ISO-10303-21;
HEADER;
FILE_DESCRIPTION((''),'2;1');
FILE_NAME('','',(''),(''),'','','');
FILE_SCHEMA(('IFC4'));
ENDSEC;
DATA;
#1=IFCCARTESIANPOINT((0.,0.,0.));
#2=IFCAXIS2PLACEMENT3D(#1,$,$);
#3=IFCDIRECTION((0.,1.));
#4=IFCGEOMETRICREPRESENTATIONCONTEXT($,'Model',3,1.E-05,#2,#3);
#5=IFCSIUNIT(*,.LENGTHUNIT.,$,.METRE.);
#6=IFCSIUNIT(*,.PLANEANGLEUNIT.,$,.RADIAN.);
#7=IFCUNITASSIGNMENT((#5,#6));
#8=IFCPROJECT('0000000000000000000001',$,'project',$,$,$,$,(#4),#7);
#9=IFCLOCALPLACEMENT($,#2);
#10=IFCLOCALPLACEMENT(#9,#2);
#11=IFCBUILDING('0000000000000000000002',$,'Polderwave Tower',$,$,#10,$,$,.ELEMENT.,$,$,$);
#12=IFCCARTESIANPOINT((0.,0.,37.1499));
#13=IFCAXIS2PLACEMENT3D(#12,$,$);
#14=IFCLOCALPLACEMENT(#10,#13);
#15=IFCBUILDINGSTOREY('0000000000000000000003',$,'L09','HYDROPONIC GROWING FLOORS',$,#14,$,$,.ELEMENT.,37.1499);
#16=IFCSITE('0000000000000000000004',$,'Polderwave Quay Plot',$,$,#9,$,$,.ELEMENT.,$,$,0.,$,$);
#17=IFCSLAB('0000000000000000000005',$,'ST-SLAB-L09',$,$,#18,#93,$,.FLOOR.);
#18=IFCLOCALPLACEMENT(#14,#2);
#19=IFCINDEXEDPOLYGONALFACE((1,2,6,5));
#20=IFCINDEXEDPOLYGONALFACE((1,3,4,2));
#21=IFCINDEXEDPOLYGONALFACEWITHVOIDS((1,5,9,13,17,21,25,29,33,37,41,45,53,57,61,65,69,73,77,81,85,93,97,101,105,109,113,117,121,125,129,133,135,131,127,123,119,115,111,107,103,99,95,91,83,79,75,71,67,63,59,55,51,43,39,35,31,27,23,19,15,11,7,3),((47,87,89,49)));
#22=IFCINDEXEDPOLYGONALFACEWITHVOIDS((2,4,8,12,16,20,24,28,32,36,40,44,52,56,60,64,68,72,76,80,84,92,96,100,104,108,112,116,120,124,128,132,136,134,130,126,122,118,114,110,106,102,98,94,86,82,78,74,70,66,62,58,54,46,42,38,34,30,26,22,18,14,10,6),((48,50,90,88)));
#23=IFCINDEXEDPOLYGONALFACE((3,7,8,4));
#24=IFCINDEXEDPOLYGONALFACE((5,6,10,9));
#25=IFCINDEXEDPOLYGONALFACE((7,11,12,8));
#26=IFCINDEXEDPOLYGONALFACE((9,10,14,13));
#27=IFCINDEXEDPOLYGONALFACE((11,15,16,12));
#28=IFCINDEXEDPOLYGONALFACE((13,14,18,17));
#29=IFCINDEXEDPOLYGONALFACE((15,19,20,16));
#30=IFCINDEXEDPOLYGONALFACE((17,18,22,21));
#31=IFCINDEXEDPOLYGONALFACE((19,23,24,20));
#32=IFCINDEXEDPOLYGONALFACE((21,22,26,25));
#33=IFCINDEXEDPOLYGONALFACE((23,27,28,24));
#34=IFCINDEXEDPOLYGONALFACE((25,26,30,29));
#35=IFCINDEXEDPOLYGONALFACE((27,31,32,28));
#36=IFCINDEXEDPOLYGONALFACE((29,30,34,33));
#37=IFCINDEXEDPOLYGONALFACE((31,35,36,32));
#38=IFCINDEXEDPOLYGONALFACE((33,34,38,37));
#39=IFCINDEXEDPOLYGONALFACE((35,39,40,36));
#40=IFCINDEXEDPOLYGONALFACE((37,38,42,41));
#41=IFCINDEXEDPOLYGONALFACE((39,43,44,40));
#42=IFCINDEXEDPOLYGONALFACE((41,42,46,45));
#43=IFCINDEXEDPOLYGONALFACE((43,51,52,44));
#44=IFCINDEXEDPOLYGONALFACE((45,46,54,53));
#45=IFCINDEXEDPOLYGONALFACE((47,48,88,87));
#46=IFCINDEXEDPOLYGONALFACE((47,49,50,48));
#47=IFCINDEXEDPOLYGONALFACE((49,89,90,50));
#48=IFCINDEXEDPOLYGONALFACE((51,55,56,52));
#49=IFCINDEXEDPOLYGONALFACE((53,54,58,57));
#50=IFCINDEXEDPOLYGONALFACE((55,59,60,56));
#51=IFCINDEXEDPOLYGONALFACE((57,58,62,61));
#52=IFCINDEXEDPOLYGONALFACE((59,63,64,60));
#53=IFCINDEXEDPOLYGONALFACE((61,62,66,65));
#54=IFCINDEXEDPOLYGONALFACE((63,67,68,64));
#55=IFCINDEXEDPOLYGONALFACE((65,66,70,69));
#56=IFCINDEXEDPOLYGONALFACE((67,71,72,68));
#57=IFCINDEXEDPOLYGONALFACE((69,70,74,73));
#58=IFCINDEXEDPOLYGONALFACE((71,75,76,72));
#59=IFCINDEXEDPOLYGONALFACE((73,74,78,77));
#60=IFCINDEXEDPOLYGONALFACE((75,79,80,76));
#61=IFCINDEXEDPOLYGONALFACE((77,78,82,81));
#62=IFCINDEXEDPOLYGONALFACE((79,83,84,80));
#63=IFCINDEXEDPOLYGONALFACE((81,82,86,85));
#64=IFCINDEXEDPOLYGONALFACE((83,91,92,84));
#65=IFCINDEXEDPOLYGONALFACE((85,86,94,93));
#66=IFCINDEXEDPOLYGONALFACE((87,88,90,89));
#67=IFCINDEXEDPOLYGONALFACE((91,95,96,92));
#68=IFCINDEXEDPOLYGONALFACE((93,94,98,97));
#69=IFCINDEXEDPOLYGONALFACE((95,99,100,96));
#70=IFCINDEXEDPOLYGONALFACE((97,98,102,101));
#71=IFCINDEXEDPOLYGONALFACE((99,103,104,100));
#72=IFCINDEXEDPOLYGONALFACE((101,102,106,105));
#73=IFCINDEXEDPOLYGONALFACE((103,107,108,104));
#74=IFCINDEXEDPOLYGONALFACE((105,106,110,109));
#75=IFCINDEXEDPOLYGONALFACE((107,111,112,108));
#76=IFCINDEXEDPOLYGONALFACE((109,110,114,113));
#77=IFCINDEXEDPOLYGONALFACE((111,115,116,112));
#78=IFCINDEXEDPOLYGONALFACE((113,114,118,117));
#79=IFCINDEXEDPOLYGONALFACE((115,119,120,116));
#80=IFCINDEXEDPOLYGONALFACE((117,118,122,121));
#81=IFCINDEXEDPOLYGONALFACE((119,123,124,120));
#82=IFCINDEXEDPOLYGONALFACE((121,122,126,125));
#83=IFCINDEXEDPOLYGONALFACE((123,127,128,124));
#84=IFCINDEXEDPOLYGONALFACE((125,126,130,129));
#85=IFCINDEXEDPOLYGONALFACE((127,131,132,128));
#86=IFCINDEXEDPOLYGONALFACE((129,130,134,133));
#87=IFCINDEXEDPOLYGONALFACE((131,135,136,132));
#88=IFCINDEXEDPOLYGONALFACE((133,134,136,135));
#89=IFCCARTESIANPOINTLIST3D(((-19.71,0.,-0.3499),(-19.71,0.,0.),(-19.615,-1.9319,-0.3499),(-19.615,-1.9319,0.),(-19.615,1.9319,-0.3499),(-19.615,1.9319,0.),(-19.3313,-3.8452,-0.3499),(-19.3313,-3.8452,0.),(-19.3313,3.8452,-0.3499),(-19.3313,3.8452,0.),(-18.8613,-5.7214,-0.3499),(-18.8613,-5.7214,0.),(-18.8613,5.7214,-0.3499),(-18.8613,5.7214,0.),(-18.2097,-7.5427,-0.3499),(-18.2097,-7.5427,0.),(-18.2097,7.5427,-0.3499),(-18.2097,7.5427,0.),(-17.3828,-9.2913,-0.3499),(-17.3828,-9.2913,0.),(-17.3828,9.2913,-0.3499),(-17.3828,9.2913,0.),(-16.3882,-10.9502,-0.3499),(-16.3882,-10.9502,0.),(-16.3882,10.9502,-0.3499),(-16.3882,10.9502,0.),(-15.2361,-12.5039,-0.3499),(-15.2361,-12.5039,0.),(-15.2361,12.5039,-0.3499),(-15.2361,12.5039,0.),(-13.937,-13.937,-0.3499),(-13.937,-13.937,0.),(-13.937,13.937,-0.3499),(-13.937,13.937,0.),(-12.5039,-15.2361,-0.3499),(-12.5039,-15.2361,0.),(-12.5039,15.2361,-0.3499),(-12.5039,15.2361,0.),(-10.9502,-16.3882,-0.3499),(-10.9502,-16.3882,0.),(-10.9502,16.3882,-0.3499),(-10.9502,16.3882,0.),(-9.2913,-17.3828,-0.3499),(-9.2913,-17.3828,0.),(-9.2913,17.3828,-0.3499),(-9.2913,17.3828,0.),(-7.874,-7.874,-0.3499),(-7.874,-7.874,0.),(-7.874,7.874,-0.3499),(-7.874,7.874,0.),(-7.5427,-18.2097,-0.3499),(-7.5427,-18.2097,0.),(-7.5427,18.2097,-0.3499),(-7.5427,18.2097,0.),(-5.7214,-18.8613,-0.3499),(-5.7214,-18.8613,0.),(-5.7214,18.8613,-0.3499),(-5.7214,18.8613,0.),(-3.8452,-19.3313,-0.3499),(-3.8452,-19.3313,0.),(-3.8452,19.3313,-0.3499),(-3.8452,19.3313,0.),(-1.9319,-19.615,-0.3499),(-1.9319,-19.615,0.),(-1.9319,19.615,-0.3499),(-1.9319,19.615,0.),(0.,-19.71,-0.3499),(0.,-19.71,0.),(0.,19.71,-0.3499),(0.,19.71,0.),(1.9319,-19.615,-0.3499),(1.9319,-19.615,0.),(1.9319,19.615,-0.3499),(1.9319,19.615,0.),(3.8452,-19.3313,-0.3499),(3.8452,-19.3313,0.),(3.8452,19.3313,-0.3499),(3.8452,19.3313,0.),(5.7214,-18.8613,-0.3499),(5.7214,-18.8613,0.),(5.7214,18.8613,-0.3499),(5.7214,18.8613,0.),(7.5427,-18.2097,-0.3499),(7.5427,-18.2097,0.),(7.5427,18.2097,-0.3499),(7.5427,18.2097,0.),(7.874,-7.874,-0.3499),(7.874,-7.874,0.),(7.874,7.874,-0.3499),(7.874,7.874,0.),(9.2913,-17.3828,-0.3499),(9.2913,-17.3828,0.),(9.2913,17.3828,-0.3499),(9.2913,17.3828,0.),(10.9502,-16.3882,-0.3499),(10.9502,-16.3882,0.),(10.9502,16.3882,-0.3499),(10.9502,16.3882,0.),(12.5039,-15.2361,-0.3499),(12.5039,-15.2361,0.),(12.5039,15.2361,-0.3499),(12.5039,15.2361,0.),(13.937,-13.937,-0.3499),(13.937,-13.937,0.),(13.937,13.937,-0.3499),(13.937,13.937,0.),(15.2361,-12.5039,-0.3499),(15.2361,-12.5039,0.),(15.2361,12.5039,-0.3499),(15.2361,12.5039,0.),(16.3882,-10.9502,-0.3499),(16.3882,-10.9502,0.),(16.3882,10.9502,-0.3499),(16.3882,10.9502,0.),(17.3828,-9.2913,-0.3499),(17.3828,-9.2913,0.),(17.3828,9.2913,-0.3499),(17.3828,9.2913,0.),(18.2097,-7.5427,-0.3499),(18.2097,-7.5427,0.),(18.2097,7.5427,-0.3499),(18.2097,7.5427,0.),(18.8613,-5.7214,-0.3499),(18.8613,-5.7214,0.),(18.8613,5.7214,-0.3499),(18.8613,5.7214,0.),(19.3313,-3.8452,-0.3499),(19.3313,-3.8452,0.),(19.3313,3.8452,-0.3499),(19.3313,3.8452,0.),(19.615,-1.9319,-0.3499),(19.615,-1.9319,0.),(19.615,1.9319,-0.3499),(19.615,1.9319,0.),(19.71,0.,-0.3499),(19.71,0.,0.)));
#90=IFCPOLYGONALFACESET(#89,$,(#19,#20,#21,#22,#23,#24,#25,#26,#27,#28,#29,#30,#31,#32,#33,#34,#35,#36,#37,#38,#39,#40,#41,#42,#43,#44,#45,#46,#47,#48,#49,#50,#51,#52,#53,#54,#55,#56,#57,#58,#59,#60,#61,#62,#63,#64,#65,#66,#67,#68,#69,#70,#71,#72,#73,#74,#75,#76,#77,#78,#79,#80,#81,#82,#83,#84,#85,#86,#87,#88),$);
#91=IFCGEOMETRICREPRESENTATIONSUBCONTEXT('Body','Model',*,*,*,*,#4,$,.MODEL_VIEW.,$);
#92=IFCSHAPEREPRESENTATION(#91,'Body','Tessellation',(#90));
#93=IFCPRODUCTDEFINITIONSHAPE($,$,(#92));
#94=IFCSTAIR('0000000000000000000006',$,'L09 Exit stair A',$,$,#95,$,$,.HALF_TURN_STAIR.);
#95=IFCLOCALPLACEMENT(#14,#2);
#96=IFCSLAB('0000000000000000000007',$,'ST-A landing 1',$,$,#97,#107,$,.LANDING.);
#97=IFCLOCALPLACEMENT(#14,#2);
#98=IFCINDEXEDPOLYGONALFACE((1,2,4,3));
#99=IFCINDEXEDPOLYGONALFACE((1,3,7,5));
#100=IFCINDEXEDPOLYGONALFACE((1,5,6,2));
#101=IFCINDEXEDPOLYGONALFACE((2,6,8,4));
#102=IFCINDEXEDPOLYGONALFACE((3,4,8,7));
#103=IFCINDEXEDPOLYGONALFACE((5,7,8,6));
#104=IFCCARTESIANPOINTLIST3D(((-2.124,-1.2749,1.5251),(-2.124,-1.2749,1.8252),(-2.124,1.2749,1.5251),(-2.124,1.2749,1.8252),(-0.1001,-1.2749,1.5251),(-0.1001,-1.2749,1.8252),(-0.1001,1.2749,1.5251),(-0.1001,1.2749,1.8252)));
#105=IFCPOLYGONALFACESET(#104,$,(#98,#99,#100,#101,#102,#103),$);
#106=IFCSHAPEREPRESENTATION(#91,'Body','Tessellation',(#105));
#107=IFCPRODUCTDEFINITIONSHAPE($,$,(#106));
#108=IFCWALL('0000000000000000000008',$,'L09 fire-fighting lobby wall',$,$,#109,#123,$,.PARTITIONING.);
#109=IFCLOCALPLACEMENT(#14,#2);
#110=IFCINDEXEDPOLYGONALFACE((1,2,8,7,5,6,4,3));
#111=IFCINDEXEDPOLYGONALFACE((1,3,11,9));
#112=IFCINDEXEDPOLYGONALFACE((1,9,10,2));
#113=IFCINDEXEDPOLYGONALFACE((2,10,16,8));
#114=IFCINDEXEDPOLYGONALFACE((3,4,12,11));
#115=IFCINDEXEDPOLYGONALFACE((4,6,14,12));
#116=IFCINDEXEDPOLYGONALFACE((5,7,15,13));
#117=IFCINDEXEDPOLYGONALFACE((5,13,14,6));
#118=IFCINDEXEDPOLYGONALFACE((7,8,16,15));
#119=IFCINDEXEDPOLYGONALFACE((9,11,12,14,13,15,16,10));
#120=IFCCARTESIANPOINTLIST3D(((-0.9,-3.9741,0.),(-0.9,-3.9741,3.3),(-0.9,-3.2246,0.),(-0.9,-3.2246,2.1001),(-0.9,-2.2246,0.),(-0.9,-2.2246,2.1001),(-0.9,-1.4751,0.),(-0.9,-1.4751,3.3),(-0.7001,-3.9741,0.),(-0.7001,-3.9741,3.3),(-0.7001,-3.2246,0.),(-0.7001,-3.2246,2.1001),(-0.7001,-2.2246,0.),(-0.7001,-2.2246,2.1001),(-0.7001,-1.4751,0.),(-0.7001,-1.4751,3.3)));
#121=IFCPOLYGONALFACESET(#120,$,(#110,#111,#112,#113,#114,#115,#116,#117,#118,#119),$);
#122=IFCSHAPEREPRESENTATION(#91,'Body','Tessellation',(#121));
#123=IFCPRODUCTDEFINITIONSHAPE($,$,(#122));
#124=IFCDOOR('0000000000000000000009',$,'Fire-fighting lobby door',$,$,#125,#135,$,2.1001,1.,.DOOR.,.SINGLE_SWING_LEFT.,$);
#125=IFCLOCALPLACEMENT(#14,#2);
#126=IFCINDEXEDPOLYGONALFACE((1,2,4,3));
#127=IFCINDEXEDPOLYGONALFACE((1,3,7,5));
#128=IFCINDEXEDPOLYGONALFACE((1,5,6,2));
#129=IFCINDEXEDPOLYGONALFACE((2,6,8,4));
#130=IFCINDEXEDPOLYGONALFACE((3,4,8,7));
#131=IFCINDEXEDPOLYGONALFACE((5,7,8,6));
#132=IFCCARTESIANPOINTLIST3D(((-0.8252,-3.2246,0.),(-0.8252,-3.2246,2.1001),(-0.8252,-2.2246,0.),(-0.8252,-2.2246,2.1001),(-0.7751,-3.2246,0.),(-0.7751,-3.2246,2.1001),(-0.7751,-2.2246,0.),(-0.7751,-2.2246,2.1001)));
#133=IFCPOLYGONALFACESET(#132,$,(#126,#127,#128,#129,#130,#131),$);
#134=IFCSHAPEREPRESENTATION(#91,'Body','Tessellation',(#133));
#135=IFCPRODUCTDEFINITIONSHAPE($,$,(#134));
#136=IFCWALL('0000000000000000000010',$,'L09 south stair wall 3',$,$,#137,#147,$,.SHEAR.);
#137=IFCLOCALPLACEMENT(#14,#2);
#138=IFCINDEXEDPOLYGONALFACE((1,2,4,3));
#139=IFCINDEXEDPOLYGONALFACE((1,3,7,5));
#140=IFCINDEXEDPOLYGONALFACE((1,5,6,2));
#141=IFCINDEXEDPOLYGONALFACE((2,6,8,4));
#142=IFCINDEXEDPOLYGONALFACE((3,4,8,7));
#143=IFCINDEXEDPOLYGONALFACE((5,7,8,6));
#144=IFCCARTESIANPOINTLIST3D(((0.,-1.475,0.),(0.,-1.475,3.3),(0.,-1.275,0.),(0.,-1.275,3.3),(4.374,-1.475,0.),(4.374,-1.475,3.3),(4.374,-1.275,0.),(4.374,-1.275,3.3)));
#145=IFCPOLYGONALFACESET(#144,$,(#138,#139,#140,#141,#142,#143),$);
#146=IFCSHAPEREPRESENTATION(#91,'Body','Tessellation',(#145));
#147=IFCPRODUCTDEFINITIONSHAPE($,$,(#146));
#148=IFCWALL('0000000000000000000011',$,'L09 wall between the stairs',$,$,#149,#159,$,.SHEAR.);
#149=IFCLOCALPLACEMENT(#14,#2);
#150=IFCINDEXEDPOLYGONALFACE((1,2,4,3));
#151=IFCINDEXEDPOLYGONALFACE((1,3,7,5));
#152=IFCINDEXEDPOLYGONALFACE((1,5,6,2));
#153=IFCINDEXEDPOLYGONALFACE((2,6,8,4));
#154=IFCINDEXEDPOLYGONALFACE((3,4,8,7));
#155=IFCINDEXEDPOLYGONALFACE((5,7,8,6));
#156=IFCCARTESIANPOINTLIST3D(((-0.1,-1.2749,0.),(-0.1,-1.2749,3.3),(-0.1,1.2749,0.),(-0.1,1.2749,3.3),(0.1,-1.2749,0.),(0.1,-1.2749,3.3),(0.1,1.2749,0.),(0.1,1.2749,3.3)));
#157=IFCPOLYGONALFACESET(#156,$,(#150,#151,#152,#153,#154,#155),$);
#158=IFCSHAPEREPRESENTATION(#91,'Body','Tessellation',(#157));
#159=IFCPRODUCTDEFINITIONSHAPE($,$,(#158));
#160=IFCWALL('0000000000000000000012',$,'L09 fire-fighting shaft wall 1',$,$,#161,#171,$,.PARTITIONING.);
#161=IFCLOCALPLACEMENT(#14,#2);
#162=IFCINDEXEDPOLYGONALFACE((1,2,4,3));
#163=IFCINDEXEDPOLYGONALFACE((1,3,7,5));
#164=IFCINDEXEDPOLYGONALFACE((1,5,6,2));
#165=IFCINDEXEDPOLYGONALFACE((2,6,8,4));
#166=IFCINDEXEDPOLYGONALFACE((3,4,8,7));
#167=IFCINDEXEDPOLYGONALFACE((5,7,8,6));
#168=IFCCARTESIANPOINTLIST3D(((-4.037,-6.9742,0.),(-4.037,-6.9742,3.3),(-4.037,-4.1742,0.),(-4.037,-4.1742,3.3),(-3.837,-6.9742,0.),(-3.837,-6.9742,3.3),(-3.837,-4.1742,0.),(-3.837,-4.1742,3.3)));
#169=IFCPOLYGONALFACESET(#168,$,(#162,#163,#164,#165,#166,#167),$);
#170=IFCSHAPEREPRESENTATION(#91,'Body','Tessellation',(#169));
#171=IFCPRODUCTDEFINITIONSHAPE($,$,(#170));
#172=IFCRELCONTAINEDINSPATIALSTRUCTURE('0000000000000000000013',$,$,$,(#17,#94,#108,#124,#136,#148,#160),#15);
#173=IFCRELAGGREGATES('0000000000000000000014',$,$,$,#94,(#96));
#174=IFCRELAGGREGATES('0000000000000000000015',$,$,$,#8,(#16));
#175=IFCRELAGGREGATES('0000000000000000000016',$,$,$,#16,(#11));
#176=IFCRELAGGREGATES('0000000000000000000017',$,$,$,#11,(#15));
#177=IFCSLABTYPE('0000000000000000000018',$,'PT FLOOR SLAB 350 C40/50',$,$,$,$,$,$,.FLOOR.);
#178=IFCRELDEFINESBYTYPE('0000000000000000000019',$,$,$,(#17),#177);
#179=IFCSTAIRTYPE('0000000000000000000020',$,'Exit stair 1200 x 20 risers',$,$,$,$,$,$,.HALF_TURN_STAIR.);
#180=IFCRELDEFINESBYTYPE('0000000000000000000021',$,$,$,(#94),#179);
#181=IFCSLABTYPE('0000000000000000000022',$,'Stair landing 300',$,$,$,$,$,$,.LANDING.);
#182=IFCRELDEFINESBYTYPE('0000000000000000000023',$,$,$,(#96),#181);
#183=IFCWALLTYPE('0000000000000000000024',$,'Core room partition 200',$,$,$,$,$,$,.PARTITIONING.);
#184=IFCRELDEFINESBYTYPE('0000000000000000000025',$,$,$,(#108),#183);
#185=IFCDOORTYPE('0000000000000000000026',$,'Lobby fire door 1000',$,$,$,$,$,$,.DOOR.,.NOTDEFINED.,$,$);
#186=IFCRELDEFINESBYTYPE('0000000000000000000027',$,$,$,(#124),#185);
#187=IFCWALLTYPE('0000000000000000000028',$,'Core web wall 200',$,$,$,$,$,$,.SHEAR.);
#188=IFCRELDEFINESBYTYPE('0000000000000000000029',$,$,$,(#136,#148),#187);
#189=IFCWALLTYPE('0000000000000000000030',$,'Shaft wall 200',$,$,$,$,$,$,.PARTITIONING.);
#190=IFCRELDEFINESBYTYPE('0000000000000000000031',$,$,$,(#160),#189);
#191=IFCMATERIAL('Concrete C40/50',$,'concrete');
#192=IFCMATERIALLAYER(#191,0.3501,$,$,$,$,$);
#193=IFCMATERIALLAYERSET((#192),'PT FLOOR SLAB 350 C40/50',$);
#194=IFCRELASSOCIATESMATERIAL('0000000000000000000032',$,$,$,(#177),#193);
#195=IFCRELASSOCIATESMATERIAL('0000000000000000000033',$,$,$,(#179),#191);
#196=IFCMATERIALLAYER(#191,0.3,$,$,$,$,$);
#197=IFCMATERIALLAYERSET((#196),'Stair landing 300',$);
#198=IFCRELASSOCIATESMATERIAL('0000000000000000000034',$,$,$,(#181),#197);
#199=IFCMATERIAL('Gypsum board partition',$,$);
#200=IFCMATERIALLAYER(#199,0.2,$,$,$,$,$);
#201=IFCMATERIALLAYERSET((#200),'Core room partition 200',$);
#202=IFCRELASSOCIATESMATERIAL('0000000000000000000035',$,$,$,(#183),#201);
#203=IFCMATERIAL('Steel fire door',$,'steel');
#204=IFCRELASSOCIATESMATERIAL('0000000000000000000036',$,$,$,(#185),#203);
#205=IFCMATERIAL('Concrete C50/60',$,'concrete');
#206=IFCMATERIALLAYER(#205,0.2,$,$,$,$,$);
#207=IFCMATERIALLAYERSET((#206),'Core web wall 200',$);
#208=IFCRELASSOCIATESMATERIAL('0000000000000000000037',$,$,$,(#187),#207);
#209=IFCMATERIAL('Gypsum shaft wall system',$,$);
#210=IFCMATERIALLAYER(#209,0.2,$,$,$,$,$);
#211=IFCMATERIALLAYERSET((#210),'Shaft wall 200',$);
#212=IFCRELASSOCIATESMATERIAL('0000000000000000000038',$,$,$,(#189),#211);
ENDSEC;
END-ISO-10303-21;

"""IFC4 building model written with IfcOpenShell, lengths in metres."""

from ifc_helpers import new_model, si_unit, direction, frame, frame_2d, origin, place, context, subcontext, project, spatial, polyline, rectangle, outline, extrude, material, layer, layer_set, type_object, element, fill, aggregate, save


model = new_model("IFC4")

# Units and contexts
model_context = context("Model", 3, precision=1e-05, world=origin(), true_north=direction((0.0, 1.0)))
body_context = subcontext(model_context, "Body", "Model", "MODEL_VIEW")
ifc_project = project(units=[si_unit("LENGTHUNIT", "METRE"), si_unit("PLANEANGLEUNIT", "RADIAN")], contexts=[model_context])

# Site, building, storey
site_placement = place(None, origin())
site = spatial("IfcSite", under=ifc_project, at=site_placement, Name="Polderwave Quay Plot", CompositionType="ELEMENT", RefElevation=0.0)
building_placement = place(site_placement, origin())
building = spatial("IfcBuilding", under=site, at=building_placement, Name="Polderwave Tower", CompositionType="ELEMENT")
storey_placement = place(building_placement, frame((0.0, 0.0, 37.1499)))
storey = spatial("IfcBuildingStorey", under=building, at=storey_placement, Name="L09", Description="HYDROPONIC GROWING FLOORS", CompositionType="ELEMENT", Elevation=37.1499)

# Slab
ifc_material_1 = material(Name="Concrete C40/50", Category="concrete")
ifc_layer_1 = layer(ifc_material_1, 0.3501)
ifc_layer_set_1 = layer_set([ifc_layer_1], Name="PT FLOOR SLAB 350 C40/50")
slab_type_1 = type_object("IfcSlabType", Name="PT FLOOR SLAB 350 C40/50", PredefinedType="FLOOR", material=ifc_layer_set_1)
slab_1_placement = place(storey_placement, frame((0.0, 0.0, -0.3499)))
element("IfcSlab", 1, at=slab_1_placement, inside=storey, type_object=slab_type_1, Name="ST-SLAB-L09", PredefinedType="FLOOR", context=body_context, shape_type="SweptSolid", body=[
    extrude(outline(polyline([(19.71, 0.0), (19.615, 1.9319), (19.3313, 3.8452), (18.8613, 5.7214), (18.2097, 7.5427), (17.3828, 9.2913), (16.3882, 10.9502), (15.2361, 12.5039), (13.937, 13.937), (12.5039, 15.2361), (10.9502, 16.3882), (9.2913, 17.3828), (7.5427, 18.2097), (5.7214, 18.8613), (3.8452, 19.3313), (1.9319, 19.615), (0.0, 19.71), (-1.9319, 19.615), (-3.8452, 19.3313), (-5.7214, 18.8613), (-7.5427, 18.2097), (-9.2913, 17.3828), (-10.9502, 16.3882), (-12.5039, 15.2361), (-13.937, 13.937), (-15.2361, 12.5039), (-16.3882, 10.9502), (-17.3828, 9.2913), (-18.2097, 7.5427), (-18.8613, 5.7214), (-19.3313, 3.8452), (-19.615, 1.9319), (-19.71, 0.0), (-19.615, -1.9319), (-19.3313, -3.8452), (-18.8613, -5.7214), (-18.2097, -7.5427), (-17.3828, -9.2913), (-16.3882, -10.9502), (-15.2361, -12.5039), (-13.937, -13.937), (-12.5039, -15.2361), (-10.9502, -16.3882), (-9.2913, -17.3828), (-7.5427, -18.2097), (-5.7214, -18.8613), (-3.8452, -19.3313), (-1.9319, -19.615), (0.0, -19.71), (1.9319, -19.615), (3.8452, -19.3313), (5.7214, -18.8613), (7.5427, -18.2097), (9.2913, -17.3828), (10.9502, -16.3882), (12.5039, -15.2361), (13.937, -13.937), (15.2361, -12.5039), (16.3882, -10.9502), (17.3828, -9.2913), (18.2097, -7.5427), (18.8613, -5.7214), (19.3313, -3.8452), (19.615, -1.9319), (19.71, 0.0)]), holes=[polyline([(-7.874, -7.874), (7.874, -7.874), (7.874, 7.874), (-7.874, 7.874), (-7.874, -7.874)])]), origin(), (0.0, 0.0, 1.0), 0.3499),
])

# Stair, slab
stair_type = type_object("IfcStairType", Name="Exit stair 1200 x 20 risers", PredefinedType="HALF_TURN_STAIR", material=ifc_material_1)
stair_placement = place(storey_placement, origin())
stair = element("IfcStair", 2, at=stair_placement, inside=storey, type_object=stair_type, Name="L09 Exit stair A", PredefinedType="HALF_TURN_STAIR")
ifc_layer_2 = layer(ifc_material_1, 0.3)
ifc_layer_set_2 = layer_set([ifc_layer_2], Name="Stair landing 300")
slab_type_2 = type_object("IfcSlabType", Name="Stair landing 300", PredefinedType="LANDING", material=ifc_layer_set_2)
slab_2_placement = place(storey_placement, frame((0.0, 0.0, 1.5251)))
slab_2 = element("IfcSlab", 3, at=slab_2_placement, type_object=slab_type_2, Name="ST-A landing 1", PredefinedType="LANDING", context=body_context, shape_type="SweptSolid", body=[
    extrude(outline(polyline([(-2.124, -1.2749), (-0.1001, -1.2749), (-0.1001, 1.2749), (-2.124, 1.2749), (-2.124, -1.2749)])), origin(), (0.0, 0.0, 1.0), 0.3),
])

# Wall, opening, door
ifc_material_2 = material(Name="Gypsum board partition")
ifc_layer_3 = layer(ifc_material_2, 0.2)
ifc_layer_set_3 = layer_set([ifc_layer_3], Name="Core room partition 200")
wall_type_1 = type_object("IfcWallType", Name="Core room partition 200", PredefinedType="PARTITIONING", material=ifc_layer_set_3)
wall_1_placement = place(storey_placement, frame((-0.8, -3.9741, 0.0), z_axis=(0.0, 0.0, 1.0), x_axis=(0.0, 1.0, 0.0)))
wall_1 = element("IfcWall", 4, at=wall_1_placement, inside=storey, type_object=wall_type_1, Name="L09 fire-fighting lobby wall", PredefinedType="PARTITIONING", context=body_context, shape_type="SweptSolid", body=[
    extrude(rectangle(XDim=2.499, YDim=0.2, at=frame_2d((1.2495, 0.0))), origin(), (0.0, 0.0, 1.0), 3.3),
])
opening_placement = place(wall_1_placement, frame((0.7495, 0.0, 0.0)))
opening = element("IfcOpeningElement", 5, at=opening_placement, cuts=wall_1, PredefinedType="OPENING", context=body_context, shape_type="SweptSolid", body=[
    extrude(rectangle(XDim=1.0, YDim=2.1001, at=frame_2d((0.5, 1.05))), frame((0.0, 0.1099, 0.0), z_axis=(0.0, -1.0, 0.0), x_axis=(1.0, 0.0, 0.0)), (0.0, 0.0, 1.0), 0.22),
])
ifc_material_3 = material(Name="Steel fire door", Category="steel")
door_type = type_object("IfcDoorType", Name="Lobby fire door 1000", OperationType="NOTDEFINED", PredefinedType="DOOR", material=ifc_material_3)
door_placement = place(opening_placement, frame((1.0, 0.0, 0.0), z_axis=(0.0, 0.0, 1.0), x_axis=(-1.0, 0.0, 0.0)))
door = element("IfcDoor", 6, at=door_placement, inside=storey, type_object=door_type, Name="Fire-fighting lobby door", OperationType="SINGLE_SWING_LEFT", OverallHeight=2.1001, OverallWidth=1.0, PredefinedType="DOOR", context=body_context, shape_type="SweptSolid", body=[
    extrude(rectangle(XDim=1.0, YDim=2.1001, at=frame_2d((0.5, 1.05))), frame((0.0, 0.0249, 0.0), z_axis=(0.0, -1.0, 0.0), x_axis=(1.0, 0.0, 0.0)), (0.0, 0.0, 1.0), 0.05),
])
fill(opening, door)

# Walls
ifc_material_4 = material(Name="Concrete C50/60", Category="concrete")
ifc_layer_4 = layer(ifc_material_4, 0.2)
ifc_layer_set_4 = layer_set([ifc_layer_4], Name="Core web wall 200")
wall_type_2 = type_object("IfcWallType", Name="Core web wall 200", PredefinedType="SHEAR", material=ifc_layer_set_4)
wall_2_placement = place(storey_placement, frame((0.0, -1.375, 0.0), z_axis=(0.0, 0.0, 1.0), x_axis=(1.0, 0.0, 0.0)))
element("IfcWall", 7, at=wall_2_placement, inside=storey, type_object=wall_type_2, Name="L09 south stair wall 3", PredefinedType="SHEAR", context=body_context, shape_type="SweptSolid", body=[
    extrude(rectangle(XDim=4.374, YDim=0.2, at=frame_2d((2.187, 0.0))), origin(), (0.0, 0.0, 1.0), 3.3),
])
wall_3_placement = place(storey_placement, frame((0.0, -1.2749, 0.0), z_axis=(0.0, 0.0, 1.0), x_axis=(0.0, 1.0, 0.0)))
element("IfcWall", 8, at=wall_3_placement, inside=storey, type_object=wall_type_2, Name="L09 wall between the stairs", PredefinedType="SHEAR", context=body_context, shape_type="SweptSolid", body=[
    extrude(rectangle(XDim=2.5498, YDim=0.2, at=frame_2d((1.2749, 0.0))), origin(), (0.0, 0.0, 1.0), 3.3),
])
ifc_material_5 = material(Name="Gypsum shaft wall system")
ifc_layer_5 = layer(ifc_material_5, 0.2)
ifc_layer_set_5 = layer_set([ifc_layer_5], Name="Shaft wall 200")
wall_type_3 = type_object("IfcWallType", Name="Shaft wall 200", PredefinedType="PARTITIONING", material=ifc_layer_set_5)
for number, where, z_axis, x_axis, name in (
    (9, (-3.937, -6.9741, 0.0), (0.0, 0.0, 1.0), (0.0, 1.0, 0.0), "L09 fire-fighting shaft wall 1"),
):
    element("IfcWall", number, at=place(storey_placement, frame(where, z_axis=z_axis, x_axis=x_axis)), inside=storey, type_object=wall_type_3, Name=name, PredefinedType="PARTITIONING", context=body_context, shape_type="SweptSolid", body=[
        extrude(rectangle(XDim=2.8, YDim=0.2, at=frame_2d((1.3999, 0.0))), origin(), (0.0, 0.0, 1.0), 3.3),
    ])

aggregate(stair, [slab_2])

save(model, "model.ifc")
